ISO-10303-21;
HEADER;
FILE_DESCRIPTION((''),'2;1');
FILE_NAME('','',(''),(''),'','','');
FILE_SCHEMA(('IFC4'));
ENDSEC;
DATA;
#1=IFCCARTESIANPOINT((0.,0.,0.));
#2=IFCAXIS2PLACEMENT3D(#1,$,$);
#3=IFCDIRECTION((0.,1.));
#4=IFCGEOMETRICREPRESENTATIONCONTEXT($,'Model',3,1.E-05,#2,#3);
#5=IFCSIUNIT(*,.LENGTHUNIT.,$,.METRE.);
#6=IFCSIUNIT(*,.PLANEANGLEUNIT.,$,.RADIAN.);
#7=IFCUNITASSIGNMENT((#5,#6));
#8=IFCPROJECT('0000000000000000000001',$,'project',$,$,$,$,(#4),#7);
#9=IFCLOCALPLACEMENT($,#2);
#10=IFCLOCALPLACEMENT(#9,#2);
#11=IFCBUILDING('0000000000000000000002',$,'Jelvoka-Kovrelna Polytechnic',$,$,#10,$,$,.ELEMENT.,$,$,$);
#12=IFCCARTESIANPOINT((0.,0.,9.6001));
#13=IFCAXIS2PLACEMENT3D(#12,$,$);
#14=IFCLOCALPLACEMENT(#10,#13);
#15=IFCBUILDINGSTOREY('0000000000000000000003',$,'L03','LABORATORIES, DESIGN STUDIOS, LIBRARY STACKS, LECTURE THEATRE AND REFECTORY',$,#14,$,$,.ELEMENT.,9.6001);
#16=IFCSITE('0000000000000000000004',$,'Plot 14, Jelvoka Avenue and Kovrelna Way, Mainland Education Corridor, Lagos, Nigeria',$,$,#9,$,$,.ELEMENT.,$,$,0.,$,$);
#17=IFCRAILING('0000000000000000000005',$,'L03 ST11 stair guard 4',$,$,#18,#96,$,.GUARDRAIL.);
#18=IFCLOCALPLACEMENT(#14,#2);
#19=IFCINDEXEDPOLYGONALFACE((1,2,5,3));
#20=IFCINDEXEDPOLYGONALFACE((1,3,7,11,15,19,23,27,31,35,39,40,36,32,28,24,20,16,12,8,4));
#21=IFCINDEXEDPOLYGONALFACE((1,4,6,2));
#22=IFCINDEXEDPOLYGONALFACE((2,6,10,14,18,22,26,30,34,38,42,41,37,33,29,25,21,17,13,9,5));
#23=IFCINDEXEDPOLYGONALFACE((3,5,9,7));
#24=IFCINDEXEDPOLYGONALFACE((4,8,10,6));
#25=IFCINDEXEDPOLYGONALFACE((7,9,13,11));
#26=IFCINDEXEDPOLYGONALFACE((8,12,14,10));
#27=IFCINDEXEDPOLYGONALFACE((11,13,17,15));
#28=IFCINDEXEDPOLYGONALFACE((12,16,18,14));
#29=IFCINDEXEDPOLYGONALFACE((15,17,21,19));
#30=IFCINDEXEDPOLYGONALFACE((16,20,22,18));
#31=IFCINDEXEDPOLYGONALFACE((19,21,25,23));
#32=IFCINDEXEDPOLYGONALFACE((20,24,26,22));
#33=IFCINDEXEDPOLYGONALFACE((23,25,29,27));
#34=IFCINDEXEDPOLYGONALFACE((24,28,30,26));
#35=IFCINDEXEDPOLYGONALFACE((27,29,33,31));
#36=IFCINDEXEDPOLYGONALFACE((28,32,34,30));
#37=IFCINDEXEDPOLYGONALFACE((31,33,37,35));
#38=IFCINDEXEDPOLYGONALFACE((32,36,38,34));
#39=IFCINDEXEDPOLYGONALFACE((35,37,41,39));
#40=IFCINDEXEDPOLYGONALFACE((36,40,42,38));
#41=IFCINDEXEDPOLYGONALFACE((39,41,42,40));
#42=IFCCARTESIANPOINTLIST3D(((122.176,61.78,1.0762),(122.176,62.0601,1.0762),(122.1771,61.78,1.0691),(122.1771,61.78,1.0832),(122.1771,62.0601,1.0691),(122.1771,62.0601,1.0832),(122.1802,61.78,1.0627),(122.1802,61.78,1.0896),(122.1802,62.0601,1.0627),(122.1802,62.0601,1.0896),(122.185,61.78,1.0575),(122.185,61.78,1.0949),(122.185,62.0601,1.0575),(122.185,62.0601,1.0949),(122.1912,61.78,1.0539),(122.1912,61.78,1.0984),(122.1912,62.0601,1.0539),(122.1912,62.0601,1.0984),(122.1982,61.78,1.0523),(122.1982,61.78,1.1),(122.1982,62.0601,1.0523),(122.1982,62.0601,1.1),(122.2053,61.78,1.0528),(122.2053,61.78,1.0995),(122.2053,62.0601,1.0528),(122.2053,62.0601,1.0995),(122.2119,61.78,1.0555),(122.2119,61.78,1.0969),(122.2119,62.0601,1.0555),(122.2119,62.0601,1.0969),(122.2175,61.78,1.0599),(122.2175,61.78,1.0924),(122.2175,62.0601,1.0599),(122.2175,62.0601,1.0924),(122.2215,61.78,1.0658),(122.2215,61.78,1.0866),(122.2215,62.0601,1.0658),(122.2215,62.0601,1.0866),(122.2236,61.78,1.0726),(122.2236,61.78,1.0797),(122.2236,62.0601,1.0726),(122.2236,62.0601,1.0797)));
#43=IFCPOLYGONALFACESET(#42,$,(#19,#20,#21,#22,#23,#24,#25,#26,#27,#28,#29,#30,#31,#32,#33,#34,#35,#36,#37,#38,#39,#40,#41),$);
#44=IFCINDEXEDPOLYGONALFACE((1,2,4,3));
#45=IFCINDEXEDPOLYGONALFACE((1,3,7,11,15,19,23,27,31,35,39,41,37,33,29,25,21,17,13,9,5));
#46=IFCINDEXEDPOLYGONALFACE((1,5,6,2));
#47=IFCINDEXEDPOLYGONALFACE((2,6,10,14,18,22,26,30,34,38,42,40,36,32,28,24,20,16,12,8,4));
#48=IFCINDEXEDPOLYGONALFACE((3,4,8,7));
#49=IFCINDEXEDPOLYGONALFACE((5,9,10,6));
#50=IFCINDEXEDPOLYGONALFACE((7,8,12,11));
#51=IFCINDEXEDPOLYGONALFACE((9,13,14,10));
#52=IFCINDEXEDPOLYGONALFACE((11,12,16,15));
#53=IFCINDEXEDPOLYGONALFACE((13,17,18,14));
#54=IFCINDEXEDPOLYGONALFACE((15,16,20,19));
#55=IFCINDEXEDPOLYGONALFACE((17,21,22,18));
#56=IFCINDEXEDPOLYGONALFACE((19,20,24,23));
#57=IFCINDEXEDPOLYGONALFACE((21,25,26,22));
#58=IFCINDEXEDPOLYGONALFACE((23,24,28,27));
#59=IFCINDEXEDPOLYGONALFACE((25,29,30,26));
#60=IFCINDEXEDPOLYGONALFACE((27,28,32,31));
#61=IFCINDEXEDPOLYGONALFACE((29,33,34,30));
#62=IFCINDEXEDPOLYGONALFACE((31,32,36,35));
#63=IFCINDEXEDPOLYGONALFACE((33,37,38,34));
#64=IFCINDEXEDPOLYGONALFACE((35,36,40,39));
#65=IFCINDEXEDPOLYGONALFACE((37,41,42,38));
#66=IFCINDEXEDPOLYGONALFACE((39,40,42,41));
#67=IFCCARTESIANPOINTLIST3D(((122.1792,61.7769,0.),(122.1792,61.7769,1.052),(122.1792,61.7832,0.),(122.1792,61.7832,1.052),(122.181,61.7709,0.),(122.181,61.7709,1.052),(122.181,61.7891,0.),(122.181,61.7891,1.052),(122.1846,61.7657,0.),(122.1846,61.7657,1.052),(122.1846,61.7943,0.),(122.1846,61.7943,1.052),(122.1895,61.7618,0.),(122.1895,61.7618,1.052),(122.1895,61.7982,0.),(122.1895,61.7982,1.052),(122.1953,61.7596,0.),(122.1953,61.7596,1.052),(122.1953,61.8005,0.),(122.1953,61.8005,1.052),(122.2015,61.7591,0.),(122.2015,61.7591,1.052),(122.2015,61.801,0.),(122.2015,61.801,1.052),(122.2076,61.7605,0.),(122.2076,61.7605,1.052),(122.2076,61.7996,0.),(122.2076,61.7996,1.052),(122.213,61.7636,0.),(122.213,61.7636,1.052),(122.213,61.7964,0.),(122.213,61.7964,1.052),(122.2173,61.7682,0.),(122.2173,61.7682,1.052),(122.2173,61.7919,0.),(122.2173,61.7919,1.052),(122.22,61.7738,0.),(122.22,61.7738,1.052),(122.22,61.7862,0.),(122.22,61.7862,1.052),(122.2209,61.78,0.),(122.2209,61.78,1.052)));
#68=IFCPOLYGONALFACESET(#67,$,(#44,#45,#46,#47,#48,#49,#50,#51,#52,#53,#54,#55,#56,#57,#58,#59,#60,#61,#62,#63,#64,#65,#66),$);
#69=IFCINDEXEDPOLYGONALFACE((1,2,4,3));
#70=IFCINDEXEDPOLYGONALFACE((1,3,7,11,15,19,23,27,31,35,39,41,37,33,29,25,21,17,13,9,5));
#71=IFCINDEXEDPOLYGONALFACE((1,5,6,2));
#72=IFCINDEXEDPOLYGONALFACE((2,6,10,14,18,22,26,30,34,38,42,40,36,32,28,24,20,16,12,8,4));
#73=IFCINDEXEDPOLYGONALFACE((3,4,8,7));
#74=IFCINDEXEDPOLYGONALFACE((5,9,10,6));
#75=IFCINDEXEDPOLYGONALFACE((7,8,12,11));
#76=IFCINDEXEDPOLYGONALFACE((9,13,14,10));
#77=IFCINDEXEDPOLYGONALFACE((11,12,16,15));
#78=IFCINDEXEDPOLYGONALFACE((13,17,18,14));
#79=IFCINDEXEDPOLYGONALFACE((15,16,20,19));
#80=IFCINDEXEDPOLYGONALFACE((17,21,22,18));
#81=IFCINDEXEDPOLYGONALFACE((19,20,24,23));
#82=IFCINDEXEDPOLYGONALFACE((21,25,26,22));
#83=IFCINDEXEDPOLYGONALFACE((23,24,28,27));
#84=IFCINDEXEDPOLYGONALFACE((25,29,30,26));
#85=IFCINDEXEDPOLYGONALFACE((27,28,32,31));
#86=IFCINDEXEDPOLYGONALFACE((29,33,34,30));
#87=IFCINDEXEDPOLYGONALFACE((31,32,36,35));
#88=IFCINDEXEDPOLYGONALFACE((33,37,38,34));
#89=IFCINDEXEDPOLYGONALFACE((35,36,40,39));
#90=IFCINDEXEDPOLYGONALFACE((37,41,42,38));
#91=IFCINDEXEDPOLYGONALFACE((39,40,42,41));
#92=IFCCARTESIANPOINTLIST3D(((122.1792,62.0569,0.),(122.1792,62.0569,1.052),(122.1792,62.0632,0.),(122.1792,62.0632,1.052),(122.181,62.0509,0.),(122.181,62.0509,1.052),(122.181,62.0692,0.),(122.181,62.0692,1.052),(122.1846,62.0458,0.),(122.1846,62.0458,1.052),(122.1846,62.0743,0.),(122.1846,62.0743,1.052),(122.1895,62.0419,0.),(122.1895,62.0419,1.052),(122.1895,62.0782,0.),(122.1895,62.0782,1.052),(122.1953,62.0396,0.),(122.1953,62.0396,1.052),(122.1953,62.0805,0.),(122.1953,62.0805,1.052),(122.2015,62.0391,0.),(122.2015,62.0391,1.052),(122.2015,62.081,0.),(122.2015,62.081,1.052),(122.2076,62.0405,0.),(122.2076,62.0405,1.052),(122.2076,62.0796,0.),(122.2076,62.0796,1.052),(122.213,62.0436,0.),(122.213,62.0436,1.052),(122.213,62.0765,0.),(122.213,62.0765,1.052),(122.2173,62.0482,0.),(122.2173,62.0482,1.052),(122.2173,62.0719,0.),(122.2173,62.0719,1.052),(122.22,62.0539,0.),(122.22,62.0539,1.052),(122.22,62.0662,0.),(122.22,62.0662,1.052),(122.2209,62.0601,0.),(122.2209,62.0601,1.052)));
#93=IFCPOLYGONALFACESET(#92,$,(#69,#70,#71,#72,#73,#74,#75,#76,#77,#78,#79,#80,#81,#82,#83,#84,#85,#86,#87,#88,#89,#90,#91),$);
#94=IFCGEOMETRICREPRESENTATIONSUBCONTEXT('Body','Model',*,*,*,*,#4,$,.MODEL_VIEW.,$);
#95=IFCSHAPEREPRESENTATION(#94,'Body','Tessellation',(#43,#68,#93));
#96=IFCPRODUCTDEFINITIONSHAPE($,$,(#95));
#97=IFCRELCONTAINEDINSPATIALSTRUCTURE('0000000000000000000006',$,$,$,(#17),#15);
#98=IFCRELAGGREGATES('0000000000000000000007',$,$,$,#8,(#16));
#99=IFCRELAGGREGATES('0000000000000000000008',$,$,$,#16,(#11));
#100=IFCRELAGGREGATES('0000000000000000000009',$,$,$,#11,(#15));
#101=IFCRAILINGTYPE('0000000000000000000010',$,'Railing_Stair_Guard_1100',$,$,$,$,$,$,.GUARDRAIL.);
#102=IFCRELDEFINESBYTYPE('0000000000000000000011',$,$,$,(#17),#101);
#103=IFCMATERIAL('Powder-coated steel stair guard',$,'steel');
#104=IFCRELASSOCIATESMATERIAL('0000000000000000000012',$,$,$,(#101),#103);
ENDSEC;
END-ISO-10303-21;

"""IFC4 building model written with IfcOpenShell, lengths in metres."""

from ifc_helpers import new_model, si_unit, direction, frame, origin, origin_2d, place, context, subcontext, project, spatial, circle, extrude, material, type_object, element, save


model = new_model("IFC4")

# Units and contexts
model_context = context("Model", 3, precision=1e-05, world=origin(), true_north=direction((0.0, 1.0)))
body_context = subcontext(model_context, "Body", "Model", "MODEL_VIEW")
ifc_project = project(units=[si_unit("LENGTHUNIT", "METRE"), si_unit("PLANEANGLEUNIT", "RADIAN")], contexts=[model_context])

# Site, building, storey
site_placement = place(None, origin())
site = spatial("IfcSite", under=ifc_project, at=site_placement, Name="Plot 14, Jelvoka Avenue and Kovrelna Way, Mainland Education Corridor, Lagos, Nigeria", CompositionType="ELEMENT", RefElevation=0.0)
building_placement = place(site_placement, origin())
building = spatial("IfcBuilding", under=site, at=building_placement, Name="Jelvoka-Kovrelna Polytechnic", CompositionType="ELEMENT")
storey_placement = place(building_placement, frame((0.0, 0.0, 9.6001)))
storey = spatial("IfcBuildingStorey", under=building, at=storey_placement, Name="L03", Description="LABORATORIES, DESIGN STUDIOS, LIBRARY STACKS, LECTURE THEATRE AND REFECTORY", CompositionType="ELEMENT", Elevation=9.6001)

# Railing
ifc_material_1 = material(Name="Powder-coated steel stair guard", Category="steel")
railing_type_1 = type_object("IfcRailingType", Name="Railing_Stair_Guard_1100", PredefinedType="GUARDRAIL", material=ifc_material_1)
railing_1_placement = place(storey_placement, frame((122.2, 61.78, 0.0)))
element("IfcRailing", 1, at=railing_1_placement, inside=storey, type_object=railing_type_1, Name="L03 ST11 stair guard 4", PredefinedType="GUARDRAIL", context=body_context, shape_type="SweptSolid", body=[
    extrude(circle(Radius=0.0239, at=origin_2d()), frame((0.0, 0.0, 1.0762), z_axis=(0.0, 1.0, 0.0), x_axis=(-1.0, 0.0, 0.0)), (0.0, 0.0, 1.0), 0.28),
    extrude(circle(Radius=0.021, at=origin_2d()), origin(), (0.0, 0.0, 1.0), 1.052),
    extrude(circle(Radius=0.021, at=origin_2d()), frame((0.0, 0.28, 0.0)), (0.0, 0.0, 1.0), 1.052),
])

save(model, "model.ifc")
